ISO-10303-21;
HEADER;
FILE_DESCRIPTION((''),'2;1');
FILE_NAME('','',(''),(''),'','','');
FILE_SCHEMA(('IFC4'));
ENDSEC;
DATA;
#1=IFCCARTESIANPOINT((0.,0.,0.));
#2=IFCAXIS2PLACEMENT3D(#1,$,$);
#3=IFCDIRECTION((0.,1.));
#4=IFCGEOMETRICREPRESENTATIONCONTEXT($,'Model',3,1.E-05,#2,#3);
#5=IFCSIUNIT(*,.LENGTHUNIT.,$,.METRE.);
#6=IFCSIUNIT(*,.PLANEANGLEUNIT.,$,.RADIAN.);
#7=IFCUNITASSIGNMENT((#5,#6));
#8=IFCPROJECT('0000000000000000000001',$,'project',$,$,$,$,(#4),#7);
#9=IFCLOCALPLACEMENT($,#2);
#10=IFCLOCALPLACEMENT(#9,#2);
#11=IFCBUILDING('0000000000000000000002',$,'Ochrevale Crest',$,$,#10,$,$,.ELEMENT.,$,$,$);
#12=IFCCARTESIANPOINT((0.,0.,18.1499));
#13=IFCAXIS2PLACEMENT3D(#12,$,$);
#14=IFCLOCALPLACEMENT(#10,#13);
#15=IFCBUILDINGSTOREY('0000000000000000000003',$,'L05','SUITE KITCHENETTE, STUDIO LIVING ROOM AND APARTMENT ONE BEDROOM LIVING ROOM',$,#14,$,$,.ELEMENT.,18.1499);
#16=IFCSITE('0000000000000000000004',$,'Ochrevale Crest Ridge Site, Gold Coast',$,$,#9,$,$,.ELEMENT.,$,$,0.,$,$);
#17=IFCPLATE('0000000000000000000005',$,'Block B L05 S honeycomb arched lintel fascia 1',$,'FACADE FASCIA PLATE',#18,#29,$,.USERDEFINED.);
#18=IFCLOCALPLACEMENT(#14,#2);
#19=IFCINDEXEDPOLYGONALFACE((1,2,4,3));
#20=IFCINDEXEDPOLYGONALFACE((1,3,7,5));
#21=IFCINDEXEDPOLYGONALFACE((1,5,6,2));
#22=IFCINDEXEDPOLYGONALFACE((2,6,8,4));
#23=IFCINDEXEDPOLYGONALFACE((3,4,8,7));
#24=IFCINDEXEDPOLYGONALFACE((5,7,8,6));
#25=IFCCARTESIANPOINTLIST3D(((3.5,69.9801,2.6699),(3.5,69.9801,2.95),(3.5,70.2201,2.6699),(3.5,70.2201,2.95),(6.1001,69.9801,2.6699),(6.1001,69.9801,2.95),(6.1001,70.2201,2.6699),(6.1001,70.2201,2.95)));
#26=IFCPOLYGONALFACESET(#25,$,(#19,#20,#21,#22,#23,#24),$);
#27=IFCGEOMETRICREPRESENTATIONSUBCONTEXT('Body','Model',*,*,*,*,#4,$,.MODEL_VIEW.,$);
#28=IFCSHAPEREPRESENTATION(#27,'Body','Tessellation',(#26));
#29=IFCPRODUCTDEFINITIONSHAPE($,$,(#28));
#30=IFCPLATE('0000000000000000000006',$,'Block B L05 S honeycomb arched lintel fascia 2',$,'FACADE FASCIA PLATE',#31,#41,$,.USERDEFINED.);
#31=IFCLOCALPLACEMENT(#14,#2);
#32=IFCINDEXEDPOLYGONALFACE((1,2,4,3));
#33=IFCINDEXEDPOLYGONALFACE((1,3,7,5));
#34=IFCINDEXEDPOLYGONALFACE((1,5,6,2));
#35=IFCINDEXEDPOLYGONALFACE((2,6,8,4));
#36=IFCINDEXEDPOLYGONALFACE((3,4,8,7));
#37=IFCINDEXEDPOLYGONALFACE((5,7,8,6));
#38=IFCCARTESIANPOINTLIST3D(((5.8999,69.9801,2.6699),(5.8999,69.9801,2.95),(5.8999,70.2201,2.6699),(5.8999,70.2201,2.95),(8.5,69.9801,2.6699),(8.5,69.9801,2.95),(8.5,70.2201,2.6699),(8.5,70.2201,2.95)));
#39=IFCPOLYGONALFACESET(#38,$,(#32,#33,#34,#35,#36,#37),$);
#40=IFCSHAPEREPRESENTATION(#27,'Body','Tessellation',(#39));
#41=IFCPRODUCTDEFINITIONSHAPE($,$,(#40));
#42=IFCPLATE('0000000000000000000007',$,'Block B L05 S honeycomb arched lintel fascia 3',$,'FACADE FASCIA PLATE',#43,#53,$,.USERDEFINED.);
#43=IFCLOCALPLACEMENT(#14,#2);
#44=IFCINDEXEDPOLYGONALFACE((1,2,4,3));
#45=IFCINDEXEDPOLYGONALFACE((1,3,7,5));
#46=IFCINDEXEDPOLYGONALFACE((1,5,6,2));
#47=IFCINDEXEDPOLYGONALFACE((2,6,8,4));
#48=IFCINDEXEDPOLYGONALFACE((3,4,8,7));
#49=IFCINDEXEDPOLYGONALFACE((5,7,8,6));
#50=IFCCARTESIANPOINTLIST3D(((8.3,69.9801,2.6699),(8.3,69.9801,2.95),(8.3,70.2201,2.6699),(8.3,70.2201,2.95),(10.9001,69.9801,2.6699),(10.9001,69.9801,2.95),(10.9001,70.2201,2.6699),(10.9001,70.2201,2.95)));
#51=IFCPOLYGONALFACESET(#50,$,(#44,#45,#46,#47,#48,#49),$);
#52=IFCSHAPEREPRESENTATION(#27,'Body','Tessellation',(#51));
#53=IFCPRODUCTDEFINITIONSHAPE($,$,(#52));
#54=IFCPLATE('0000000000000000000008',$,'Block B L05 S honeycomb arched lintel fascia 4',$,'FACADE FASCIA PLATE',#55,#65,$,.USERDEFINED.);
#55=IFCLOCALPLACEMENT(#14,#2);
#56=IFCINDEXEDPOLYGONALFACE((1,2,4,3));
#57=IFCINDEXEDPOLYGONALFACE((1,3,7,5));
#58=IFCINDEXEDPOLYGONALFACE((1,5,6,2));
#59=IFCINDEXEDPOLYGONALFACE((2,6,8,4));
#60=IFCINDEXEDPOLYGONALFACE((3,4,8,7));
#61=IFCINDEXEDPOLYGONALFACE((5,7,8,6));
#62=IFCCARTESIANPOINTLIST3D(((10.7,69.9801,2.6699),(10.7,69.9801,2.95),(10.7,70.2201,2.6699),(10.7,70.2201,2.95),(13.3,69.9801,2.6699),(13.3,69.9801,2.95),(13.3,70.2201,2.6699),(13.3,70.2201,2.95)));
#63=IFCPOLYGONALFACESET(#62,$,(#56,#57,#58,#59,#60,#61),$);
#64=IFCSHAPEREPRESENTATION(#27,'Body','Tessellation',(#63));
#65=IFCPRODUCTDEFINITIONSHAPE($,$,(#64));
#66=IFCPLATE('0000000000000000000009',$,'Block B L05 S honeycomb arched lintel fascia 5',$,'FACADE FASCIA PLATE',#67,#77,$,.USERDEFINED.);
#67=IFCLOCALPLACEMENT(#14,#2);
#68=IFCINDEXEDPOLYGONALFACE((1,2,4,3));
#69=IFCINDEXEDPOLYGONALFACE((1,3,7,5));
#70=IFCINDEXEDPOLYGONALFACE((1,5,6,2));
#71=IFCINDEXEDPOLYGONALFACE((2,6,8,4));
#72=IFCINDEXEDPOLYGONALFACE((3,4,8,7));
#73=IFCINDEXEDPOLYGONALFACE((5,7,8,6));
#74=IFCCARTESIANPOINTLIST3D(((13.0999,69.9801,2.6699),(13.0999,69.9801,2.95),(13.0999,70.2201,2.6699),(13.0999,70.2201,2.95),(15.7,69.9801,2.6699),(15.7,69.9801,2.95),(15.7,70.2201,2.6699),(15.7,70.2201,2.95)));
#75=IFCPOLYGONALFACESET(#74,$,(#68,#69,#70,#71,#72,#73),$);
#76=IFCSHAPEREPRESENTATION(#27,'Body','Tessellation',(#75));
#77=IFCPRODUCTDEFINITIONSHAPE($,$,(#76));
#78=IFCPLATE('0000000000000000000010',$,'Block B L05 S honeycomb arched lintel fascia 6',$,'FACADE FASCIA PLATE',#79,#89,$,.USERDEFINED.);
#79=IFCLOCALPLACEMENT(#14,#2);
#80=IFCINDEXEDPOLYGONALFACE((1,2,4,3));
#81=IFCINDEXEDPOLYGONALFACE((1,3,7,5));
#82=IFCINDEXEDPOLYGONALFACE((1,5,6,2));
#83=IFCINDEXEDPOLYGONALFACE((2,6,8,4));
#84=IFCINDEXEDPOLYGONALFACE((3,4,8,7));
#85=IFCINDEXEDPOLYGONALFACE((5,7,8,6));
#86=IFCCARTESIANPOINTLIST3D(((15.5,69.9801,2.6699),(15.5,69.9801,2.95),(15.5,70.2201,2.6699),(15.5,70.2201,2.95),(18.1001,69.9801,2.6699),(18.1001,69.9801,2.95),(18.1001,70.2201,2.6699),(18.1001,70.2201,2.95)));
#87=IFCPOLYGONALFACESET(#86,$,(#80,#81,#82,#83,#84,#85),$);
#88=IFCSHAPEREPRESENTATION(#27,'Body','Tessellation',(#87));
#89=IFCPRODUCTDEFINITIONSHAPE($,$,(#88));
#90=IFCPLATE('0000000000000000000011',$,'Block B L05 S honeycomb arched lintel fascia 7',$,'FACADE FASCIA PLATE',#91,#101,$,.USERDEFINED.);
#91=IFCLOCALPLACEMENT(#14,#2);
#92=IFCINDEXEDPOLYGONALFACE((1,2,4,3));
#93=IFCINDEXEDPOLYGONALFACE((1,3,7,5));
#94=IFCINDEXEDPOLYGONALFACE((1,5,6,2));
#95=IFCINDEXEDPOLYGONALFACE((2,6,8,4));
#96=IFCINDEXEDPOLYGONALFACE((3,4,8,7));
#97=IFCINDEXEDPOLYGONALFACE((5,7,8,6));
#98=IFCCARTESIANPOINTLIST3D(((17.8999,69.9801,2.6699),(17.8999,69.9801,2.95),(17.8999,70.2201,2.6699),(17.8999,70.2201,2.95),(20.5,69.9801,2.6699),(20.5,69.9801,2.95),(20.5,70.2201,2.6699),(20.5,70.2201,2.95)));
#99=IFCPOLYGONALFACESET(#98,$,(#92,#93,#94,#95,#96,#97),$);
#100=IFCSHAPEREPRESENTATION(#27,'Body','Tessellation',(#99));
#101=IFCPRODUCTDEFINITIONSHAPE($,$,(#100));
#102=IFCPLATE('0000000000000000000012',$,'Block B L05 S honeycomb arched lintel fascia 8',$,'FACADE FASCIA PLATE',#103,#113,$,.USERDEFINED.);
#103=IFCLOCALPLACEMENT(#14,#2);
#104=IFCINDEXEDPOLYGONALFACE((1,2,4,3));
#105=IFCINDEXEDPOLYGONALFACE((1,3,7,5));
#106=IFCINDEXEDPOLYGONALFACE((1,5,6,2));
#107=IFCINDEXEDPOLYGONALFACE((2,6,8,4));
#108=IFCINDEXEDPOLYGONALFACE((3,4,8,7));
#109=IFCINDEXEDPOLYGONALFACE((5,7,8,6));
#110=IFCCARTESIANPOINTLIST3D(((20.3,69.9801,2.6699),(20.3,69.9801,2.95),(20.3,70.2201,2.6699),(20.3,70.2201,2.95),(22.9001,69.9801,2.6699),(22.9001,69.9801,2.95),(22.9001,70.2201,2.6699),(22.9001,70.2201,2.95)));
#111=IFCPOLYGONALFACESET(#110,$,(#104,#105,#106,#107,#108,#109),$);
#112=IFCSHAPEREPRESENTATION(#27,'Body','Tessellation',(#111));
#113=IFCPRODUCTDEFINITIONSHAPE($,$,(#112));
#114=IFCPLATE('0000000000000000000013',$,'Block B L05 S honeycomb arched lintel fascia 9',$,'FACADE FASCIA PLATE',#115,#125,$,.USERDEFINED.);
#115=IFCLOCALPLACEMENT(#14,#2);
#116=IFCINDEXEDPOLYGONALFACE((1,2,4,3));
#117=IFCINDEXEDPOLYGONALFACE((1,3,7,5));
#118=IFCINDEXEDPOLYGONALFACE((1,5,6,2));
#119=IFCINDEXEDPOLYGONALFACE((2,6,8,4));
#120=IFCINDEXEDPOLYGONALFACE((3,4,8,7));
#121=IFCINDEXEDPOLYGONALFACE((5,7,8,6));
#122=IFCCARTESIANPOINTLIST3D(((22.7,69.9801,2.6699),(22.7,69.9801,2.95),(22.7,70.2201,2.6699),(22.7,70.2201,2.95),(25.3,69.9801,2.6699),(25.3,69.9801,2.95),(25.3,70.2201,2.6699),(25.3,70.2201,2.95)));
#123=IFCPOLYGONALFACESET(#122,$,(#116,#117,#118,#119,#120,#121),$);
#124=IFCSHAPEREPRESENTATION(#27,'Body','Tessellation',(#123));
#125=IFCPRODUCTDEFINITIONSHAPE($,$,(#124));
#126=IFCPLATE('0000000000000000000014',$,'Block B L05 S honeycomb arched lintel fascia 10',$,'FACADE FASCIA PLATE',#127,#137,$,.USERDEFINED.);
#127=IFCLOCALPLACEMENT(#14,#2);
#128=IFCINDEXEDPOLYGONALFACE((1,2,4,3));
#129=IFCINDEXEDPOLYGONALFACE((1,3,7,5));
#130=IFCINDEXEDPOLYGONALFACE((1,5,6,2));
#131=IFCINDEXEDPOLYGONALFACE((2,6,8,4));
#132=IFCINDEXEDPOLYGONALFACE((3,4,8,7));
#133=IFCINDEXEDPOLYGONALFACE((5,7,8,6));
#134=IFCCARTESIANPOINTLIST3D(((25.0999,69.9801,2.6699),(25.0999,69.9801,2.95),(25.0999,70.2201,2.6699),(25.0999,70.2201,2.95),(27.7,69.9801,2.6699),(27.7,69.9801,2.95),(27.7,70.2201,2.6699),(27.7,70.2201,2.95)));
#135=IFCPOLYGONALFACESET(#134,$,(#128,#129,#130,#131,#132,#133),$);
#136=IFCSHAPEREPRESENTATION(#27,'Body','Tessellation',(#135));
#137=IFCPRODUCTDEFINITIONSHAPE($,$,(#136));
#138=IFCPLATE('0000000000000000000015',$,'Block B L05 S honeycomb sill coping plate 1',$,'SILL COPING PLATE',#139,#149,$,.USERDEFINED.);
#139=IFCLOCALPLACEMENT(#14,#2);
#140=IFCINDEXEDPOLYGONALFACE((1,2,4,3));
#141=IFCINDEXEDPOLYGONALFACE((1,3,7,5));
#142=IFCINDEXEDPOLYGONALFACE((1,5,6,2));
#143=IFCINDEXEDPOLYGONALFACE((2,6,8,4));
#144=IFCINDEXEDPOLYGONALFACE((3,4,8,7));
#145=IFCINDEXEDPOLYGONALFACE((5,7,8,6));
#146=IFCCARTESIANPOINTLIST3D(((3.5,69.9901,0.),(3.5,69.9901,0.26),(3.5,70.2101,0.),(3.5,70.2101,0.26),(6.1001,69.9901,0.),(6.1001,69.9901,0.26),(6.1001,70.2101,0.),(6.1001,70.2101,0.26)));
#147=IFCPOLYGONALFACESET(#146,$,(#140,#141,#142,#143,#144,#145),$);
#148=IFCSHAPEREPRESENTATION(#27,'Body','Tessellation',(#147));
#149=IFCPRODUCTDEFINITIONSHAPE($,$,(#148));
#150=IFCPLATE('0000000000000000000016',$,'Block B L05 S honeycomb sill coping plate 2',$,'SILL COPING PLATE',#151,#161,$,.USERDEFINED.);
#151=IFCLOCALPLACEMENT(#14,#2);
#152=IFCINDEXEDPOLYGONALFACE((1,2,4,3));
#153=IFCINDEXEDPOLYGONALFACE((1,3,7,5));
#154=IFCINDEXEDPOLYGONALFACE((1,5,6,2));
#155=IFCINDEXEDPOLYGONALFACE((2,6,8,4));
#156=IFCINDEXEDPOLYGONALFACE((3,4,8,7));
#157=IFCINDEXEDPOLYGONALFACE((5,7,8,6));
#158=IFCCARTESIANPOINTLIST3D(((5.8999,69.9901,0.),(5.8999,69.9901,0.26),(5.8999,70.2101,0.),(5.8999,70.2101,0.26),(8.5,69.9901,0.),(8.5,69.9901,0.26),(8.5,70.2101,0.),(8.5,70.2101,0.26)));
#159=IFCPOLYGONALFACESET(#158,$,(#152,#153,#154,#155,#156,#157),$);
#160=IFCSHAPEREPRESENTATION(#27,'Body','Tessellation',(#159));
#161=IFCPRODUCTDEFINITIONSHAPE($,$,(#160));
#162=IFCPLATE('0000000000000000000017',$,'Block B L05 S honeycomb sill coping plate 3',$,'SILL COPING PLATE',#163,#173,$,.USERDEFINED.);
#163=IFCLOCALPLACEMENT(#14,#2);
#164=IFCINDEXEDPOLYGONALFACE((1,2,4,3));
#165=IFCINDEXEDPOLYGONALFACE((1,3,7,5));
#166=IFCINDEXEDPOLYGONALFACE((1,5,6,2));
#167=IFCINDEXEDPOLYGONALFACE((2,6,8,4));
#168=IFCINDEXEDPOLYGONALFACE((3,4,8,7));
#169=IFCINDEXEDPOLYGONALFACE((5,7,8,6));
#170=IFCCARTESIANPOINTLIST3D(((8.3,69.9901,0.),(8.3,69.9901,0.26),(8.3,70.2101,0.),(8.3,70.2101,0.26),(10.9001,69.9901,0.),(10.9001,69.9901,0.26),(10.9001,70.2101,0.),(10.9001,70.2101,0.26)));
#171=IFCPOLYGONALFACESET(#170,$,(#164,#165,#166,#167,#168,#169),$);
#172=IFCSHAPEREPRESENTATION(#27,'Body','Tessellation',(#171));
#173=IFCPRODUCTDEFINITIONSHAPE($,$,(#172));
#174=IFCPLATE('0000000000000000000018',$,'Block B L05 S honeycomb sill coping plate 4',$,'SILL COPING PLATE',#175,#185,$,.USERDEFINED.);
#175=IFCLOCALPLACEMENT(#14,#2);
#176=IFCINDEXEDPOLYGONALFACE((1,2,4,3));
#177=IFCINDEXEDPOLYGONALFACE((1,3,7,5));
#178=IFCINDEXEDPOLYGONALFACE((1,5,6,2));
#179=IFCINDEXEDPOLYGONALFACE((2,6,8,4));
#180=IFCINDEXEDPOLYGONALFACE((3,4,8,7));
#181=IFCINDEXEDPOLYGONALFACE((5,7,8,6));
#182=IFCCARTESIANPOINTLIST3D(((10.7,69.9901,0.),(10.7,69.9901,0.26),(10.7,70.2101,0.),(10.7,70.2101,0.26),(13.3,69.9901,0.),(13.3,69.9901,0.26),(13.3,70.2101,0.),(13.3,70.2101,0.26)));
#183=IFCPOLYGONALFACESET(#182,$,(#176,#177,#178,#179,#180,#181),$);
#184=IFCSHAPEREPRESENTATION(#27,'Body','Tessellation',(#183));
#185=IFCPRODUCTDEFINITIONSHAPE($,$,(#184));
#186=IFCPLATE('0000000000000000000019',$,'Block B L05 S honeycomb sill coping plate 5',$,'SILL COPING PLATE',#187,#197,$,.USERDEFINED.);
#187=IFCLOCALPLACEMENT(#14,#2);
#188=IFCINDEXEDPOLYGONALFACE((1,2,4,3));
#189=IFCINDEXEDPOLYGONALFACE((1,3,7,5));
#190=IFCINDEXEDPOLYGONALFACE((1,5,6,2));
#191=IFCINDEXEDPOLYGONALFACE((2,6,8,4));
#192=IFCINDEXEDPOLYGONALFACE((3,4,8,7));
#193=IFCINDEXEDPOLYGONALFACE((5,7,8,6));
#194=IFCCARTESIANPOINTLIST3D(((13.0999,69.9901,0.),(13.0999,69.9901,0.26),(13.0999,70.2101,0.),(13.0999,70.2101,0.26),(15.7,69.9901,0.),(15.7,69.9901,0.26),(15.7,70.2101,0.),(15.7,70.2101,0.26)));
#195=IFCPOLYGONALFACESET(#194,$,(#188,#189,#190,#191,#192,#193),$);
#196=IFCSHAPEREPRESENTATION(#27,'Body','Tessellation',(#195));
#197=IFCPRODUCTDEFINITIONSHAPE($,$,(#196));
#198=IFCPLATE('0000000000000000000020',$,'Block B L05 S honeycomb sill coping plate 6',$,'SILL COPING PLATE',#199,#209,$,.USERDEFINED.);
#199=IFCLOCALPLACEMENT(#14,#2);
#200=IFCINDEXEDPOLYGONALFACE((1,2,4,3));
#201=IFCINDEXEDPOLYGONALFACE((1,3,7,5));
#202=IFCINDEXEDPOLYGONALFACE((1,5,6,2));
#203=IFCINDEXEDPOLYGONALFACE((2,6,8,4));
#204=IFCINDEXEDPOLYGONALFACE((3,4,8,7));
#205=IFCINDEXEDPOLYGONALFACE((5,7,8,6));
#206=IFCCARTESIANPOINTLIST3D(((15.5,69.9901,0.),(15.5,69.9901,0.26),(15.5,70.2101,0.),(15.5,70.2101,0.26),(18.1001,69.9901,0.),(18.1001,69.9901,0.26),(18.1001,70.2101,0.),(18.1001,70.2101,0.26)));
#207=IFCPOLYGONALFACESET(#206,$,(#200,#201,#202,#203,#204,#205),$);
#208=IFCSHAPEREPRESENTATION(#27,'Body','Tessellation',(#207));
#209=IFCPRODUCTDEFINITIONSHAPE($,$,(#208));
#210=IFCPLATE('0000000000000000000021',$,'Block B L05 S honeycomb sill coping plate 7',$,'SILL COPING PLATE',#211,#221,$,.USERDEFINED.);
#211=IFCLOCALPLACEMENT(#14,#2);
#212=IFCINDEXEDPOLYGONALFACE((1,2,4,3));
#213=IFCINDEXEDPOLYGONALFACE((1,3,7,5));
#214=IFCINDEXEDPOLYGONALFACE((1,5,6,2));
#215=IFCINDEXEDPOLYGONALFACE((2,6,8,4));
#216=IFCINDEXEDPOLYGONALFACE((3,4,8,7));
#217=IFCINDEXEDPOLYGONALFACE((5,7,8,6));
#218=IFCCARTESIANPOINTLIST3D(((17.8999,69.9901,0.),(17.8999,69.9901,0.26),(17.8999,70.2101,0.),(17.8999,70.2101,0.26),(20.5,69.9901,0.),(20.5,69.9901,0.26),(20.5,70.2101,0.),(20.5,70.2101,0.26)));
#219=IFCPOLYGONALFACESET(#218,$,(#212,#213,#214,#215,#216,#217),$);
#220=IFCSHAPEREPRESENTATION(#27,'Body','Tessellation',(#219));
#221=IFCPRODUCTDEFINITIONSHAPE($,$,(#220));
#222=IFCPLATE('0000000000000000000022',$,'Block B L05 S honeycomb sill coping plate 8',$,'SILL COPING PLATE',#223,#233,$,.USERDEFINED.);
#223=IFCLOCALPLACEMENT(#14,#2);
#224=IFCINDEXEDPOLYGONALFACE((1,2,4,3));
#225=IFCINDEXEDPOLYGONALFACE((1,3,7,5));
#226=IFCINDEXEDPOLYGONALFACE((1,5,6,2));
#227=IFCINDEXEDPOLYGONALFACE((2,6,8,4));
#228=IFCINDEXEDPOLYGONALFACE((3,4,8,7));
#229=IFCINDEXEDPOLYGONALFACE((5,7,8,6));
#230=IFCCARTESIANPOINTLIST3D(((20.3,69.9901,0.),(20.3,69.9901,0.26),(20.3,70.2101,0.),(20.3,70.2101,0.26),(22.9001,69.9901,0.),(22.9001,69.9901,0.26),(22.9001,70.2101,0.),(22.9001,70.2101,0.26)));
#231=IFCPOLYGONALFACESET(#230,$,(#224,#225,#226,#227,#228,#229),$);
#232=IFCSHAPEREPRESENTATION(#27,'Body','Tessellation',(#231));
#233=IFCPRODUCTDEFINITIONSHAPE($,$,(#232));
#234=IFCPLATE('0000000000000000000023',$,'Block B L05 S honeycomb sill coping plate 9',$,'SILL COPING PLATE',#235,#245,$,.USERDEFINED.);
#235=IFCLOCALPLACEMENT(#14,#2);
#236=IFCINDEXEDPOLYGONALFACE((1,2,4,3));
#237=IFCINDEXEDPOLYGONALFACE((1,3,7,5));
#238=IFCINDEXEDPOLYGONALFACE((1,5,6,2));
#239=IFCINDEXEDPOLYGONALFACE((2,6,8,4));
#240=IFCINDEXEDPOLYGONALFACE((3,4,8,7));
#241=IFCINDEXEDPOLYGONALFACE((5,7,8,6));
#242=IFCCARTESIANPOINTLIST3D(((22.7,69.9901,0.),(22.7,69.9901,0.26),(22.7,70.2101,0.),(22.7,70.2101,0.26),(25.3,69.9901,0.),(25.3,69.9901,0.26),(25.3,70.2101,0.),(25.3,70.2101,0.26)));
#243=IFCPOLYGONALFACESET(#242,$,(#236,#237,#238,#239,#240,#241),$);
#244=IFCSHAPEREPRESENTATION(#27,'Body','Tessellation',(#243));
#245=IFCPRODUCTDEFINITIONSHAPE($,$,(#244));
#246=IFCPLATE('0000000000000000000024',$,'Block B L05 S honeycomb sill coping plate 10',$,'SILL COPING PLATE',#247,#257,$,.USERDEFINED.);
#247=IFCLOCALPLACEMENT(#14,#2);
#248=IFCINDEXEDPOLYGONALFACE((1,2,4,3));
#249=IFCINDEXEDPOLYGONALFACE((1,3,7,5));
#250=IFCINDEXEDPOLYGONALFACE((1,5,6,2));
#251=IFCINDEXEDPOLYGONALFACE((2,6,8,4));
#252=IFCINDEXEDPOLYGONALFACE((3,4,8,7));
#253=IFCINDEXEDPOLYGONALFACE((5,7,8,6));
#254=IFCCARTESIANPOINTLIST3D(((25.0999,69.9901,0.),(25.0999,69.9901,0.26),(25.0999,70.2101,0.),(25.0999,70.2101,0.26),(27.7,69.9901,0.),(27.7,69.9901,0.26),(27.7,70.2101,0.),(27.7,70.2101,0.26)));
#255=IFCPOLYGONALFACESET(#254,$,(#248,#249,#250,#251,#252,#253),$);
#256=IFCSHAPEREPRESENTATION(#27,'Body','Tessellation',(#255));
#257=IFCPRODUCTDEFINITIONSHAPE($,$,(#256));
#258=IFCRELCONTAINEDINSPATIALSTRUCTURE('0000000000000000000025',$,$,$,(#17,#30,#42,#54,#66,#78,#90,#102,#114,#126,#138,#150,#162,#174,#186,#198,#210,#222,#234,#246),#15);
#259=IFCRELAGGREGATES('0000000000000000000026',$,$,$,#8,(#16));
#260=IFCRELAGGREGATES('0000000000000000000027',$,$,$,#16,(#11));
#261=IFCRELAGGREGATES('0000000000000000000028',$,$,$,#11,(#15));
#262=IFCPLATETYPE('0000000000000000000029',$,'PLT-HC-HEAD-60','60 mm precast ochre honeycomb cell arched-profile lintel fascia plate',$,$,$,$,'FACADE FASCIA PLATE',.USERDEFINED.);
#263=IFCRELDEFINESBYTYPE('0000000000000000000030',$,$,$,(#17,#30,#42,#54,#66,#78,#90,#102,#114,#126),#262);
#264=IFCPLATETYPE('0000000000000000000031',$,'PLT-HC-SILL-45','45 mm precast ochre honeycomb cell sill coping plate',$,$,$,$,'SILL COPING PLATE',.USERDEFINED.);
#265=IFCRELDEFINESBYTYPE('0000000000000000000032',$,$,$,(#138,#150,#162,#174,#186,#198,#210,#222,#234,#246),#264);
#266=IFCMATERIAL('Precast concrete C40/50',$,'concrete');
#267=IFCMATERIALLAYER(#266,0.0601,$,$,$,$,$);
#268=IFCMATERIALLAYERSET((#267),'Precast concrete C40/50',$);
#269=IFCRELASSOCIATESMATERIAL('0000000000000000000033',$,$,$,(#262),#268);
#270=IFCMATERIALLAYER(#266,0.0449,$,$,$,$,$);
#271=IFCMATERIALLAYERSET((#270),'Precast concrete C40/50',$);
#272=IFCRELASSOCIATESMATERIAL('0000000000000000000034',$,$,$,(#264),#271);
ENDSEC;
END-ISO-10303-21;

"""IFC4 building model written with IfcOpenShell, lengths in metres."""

from ifc_helpers import new_model, si_unit, direction, frame, origin, origin_2d, place, context, subcontext, project, spatial, rectangle, extrude, material, layer, layer_set, type_object, element, save


model = new_model("IFC4")

# Units and contexts
model_context = context("Model", 3, precision=1e-05, world=origin(), true_north=direction((0.0, 1.0)))
body_context = subcontext(model_context, "Body", "Model", "MODEL_VIEW")
ifc_project = project(units=[si_unit("LENGTHUNIT", "METRE"), si_unit("PLANEANGLEUNIT", "RADIAN")], contexts=[model_context])

# Site, building, storey
site_placement = place(None, origin())
site = spatial("IfcSite", under=ifc_project, at=site_placement, Name="Ochrevale Crest Ridge Site, Gold Coast", CompositionType="ELEMENT", RefElevation=0.0)
building_placement = place(site_placement, origin())
building = spatial("IfcBuilding", under=site, at=building_placement, Name="Ochrevale Crest", CompositionType="ELEMENT")
storey_placement = place(building_placement, frame((0.0, 0.0, 18.1499)))
storey = spatial("IfcBuildingStorey", under=building, at=storey_placement, Name="L05", Description="SUITE KITCHENETTE, STUDIO LIVING ROOM AND APARTMENT ONE BEDROOM LIVING ROOM", CompositionType="ELEMENT", Elevation=18.1499)

# Plates
ifc_material_1 = material(Name="Precast concrete C40/50", Category="concrete")
ifc_layer_1 = layer(ifc_material_1, 0.0601)
ifc_layer_set_1 = layer_set([ifc_layer_1], Name="Precast concrete C40/50")
plate_type_1 = type_object("IfcPlateType", Name="PLT-HC-HEAD-60", Description="60 mm precast ochre honeycomb cell arched-profile lintel fascia plate", ElementType="FACADE FASCIA PLATE", PredefinedType="USERDEFINED", material=ifc_layer_set_1)
for number, where, z_axis, x_axis, name in (
    (1, (4.8, 70.1001, 2.6699), (0.0, 0.0, 1.0), (1.0, 0.0, 0.0), "Block B L05 S honeycomb arched lintel fascia 1"),
    (2, (7.2, 70.1001, 2.6699), (0.0, 0.0, 1.0), (1.0, 0.0, 0.0), "Block B L05 S honeycomb arched lintel fascia 2"),
    (3, (9.6001, 70.1001, 2.6699), (0.0, 0.0, 1.0), (1.0, 0.0, 0.0), "Block B L05 S honeycomb arched lintel fascia 3"),
    (4, (12.0, 70.1001, 2.6699), (0.0, 0.0, 1.0), (1.0, 0.0, 0.0), "Block B L05 S honeycomb arched lintel fascia 4"),
    (5, (14.3999, 70.1001, 2.6699), (0.0, 0.0, 1.0), (1.0, 0.0, 0.0), "Block B L05 S honeycomb arched lintel fascia 5"),
    (6, (16.8, 70.1001, 2.6699), (0.0, 0.0, 1.0), (1.0, 0.0, 0.0), "Block B L05 S honeycomb arched lintel fascia 6"),
    (7, (19.2, 70.1001, 2.6699), (0.0, 0.0, 1.0), (1.0, 0.0, 0.0), "Block B L05 S honeycomb arched lintel fascia 7"),
    (8, (21.6001, 70.1001, 2.6699), (0.0, 0.0, 1.0), (1.0, 0.0, 0.0), "Block B L05 S honeycomb arched lintel fascia 8"),
    (9, (24.0, 70.1001, 2.6699), (0.0, 0.0, 1.0), (1.0, 0.0, 0.0), "Block B L05 S honeycomb arched lintel fascia 9"),
    (10, (26.3999, 70.1001, 2.6699), (0.0, 0.0, 1.0), (1.0, 0.0, 0.0), "Block B L05 S honeycomb arched lintel fascia 10"),
):
    element("IfcPlate", number, at=place(storey_placement, frame(where, z_axis=z_axis, x_axis=x_axis)), inside=storey, type_object=plate_type_1, Name=name, ObjectType="FACADE FASCIA PLATE", PredefinedType="USERDEFINED", context=body_context, shape_type="SweptSolid", body=[
        extrude(rectangle(XDim=2.6001, YDim=0.24, at=origin_2d()), origin(), (0.0, 0.0, 1.0), 0.28),
    ])
ifc_layer_2 = layer(ifc_material_1, 0.0449)
ifc_layer_set_2 = layer_set([ifc_layer_2], Name="Precast concrete C40/50")
plate_type_2 = type_object("IfcPlateType", Name="PLT-HC-SILL-45", Description="45 mm precast ochre honeycomb cell sill coping plate", ElementType="SILL COPING PLATE", PredefinedType="USERDEFINED", material=ifc_layer_set_2)
for number, where, z_axis, x_axis, name in (
    (11, (4.8, 70.1001, 0.0), (0.0, 0.0, 1.0), (1.0, 0.0, 0.0), "Block B L05 S honeycomb sill coping plate 1"),
    (12, (7.2, 70.1001, 0.0), (0.0, 0.0, 1.0), (1.0, 0.0, 0.0), "Block B L05 S honeycomb sill coping plate 2"),
    (13, (9.6001, 70.1001, 0.0), (0.0, 0.0, 1.0), (1.0, 0.0, 0.0), "Block B L05 S honeycomb sill coping plate 3"),
    (14, (12.0, 70.1001, 0.0), (0.0, 0.0, 1.0), (1.0, 0.0, 0.0), "Block B L05 S honeycomb sill coping plate 4"),
    (15, (14.3999, 70.1001, 0.0), (0.0, 0.0, 1.0), (1.0, 0.0, 0.0), "Block B L05 S honeycomb sill coping plate 5"),
    (16, (16.8, 70.1001, 0.0), (0.0, 0.0, 1.0), (1.0, 0.0, 0.0), "Block B L05 S honeycomb sill coping plate 6"),
    (17, (19.2, 70.1001, 0.0), (0.0, 0.0, 1.0), (1.0, 0.0, 0.0), "Block B L05 S honeycomb sill coping plate 7"),
    (18, (21.6001, 70.1001, 0.0), (0.0, 0.0, 1.0), (1.0, 0.0, 0.0), "Block B L05 S honeycomb sill coping plate 8"),
    (19, (24.0, 70.1001, 0.0), (0.0, 0.0, 1.0), (1.0, 0.0, 0.0), "Block B L05 S honeycomb sill coping plate 9"),
    (20, (26.3999, 70.1001, 0.0), (0.0, 0.0, 1.0), (1.0, 0.0, 0.0), "Block B L05 S honeycomb sill coping plate 10"),
):
    element("IfcPlate", number, at=place(storey_placement, frame(where, z_axis=z_axis, x_axis=x_axis)), inside=storey, type_object=plate_type_2, Name=name, ObjectType="SILL COPING PLATE", PredefinedType="USERDEFINED", context=body_context, shape_type="SweptSolid", body=[
        extrude(rectangle(XDim=2.6001, YDim=0.22, at=origin_2d()), origin(), (0.0, 0.0, 1.0), 0.26),
    ])

save(model, "model.ifc")
